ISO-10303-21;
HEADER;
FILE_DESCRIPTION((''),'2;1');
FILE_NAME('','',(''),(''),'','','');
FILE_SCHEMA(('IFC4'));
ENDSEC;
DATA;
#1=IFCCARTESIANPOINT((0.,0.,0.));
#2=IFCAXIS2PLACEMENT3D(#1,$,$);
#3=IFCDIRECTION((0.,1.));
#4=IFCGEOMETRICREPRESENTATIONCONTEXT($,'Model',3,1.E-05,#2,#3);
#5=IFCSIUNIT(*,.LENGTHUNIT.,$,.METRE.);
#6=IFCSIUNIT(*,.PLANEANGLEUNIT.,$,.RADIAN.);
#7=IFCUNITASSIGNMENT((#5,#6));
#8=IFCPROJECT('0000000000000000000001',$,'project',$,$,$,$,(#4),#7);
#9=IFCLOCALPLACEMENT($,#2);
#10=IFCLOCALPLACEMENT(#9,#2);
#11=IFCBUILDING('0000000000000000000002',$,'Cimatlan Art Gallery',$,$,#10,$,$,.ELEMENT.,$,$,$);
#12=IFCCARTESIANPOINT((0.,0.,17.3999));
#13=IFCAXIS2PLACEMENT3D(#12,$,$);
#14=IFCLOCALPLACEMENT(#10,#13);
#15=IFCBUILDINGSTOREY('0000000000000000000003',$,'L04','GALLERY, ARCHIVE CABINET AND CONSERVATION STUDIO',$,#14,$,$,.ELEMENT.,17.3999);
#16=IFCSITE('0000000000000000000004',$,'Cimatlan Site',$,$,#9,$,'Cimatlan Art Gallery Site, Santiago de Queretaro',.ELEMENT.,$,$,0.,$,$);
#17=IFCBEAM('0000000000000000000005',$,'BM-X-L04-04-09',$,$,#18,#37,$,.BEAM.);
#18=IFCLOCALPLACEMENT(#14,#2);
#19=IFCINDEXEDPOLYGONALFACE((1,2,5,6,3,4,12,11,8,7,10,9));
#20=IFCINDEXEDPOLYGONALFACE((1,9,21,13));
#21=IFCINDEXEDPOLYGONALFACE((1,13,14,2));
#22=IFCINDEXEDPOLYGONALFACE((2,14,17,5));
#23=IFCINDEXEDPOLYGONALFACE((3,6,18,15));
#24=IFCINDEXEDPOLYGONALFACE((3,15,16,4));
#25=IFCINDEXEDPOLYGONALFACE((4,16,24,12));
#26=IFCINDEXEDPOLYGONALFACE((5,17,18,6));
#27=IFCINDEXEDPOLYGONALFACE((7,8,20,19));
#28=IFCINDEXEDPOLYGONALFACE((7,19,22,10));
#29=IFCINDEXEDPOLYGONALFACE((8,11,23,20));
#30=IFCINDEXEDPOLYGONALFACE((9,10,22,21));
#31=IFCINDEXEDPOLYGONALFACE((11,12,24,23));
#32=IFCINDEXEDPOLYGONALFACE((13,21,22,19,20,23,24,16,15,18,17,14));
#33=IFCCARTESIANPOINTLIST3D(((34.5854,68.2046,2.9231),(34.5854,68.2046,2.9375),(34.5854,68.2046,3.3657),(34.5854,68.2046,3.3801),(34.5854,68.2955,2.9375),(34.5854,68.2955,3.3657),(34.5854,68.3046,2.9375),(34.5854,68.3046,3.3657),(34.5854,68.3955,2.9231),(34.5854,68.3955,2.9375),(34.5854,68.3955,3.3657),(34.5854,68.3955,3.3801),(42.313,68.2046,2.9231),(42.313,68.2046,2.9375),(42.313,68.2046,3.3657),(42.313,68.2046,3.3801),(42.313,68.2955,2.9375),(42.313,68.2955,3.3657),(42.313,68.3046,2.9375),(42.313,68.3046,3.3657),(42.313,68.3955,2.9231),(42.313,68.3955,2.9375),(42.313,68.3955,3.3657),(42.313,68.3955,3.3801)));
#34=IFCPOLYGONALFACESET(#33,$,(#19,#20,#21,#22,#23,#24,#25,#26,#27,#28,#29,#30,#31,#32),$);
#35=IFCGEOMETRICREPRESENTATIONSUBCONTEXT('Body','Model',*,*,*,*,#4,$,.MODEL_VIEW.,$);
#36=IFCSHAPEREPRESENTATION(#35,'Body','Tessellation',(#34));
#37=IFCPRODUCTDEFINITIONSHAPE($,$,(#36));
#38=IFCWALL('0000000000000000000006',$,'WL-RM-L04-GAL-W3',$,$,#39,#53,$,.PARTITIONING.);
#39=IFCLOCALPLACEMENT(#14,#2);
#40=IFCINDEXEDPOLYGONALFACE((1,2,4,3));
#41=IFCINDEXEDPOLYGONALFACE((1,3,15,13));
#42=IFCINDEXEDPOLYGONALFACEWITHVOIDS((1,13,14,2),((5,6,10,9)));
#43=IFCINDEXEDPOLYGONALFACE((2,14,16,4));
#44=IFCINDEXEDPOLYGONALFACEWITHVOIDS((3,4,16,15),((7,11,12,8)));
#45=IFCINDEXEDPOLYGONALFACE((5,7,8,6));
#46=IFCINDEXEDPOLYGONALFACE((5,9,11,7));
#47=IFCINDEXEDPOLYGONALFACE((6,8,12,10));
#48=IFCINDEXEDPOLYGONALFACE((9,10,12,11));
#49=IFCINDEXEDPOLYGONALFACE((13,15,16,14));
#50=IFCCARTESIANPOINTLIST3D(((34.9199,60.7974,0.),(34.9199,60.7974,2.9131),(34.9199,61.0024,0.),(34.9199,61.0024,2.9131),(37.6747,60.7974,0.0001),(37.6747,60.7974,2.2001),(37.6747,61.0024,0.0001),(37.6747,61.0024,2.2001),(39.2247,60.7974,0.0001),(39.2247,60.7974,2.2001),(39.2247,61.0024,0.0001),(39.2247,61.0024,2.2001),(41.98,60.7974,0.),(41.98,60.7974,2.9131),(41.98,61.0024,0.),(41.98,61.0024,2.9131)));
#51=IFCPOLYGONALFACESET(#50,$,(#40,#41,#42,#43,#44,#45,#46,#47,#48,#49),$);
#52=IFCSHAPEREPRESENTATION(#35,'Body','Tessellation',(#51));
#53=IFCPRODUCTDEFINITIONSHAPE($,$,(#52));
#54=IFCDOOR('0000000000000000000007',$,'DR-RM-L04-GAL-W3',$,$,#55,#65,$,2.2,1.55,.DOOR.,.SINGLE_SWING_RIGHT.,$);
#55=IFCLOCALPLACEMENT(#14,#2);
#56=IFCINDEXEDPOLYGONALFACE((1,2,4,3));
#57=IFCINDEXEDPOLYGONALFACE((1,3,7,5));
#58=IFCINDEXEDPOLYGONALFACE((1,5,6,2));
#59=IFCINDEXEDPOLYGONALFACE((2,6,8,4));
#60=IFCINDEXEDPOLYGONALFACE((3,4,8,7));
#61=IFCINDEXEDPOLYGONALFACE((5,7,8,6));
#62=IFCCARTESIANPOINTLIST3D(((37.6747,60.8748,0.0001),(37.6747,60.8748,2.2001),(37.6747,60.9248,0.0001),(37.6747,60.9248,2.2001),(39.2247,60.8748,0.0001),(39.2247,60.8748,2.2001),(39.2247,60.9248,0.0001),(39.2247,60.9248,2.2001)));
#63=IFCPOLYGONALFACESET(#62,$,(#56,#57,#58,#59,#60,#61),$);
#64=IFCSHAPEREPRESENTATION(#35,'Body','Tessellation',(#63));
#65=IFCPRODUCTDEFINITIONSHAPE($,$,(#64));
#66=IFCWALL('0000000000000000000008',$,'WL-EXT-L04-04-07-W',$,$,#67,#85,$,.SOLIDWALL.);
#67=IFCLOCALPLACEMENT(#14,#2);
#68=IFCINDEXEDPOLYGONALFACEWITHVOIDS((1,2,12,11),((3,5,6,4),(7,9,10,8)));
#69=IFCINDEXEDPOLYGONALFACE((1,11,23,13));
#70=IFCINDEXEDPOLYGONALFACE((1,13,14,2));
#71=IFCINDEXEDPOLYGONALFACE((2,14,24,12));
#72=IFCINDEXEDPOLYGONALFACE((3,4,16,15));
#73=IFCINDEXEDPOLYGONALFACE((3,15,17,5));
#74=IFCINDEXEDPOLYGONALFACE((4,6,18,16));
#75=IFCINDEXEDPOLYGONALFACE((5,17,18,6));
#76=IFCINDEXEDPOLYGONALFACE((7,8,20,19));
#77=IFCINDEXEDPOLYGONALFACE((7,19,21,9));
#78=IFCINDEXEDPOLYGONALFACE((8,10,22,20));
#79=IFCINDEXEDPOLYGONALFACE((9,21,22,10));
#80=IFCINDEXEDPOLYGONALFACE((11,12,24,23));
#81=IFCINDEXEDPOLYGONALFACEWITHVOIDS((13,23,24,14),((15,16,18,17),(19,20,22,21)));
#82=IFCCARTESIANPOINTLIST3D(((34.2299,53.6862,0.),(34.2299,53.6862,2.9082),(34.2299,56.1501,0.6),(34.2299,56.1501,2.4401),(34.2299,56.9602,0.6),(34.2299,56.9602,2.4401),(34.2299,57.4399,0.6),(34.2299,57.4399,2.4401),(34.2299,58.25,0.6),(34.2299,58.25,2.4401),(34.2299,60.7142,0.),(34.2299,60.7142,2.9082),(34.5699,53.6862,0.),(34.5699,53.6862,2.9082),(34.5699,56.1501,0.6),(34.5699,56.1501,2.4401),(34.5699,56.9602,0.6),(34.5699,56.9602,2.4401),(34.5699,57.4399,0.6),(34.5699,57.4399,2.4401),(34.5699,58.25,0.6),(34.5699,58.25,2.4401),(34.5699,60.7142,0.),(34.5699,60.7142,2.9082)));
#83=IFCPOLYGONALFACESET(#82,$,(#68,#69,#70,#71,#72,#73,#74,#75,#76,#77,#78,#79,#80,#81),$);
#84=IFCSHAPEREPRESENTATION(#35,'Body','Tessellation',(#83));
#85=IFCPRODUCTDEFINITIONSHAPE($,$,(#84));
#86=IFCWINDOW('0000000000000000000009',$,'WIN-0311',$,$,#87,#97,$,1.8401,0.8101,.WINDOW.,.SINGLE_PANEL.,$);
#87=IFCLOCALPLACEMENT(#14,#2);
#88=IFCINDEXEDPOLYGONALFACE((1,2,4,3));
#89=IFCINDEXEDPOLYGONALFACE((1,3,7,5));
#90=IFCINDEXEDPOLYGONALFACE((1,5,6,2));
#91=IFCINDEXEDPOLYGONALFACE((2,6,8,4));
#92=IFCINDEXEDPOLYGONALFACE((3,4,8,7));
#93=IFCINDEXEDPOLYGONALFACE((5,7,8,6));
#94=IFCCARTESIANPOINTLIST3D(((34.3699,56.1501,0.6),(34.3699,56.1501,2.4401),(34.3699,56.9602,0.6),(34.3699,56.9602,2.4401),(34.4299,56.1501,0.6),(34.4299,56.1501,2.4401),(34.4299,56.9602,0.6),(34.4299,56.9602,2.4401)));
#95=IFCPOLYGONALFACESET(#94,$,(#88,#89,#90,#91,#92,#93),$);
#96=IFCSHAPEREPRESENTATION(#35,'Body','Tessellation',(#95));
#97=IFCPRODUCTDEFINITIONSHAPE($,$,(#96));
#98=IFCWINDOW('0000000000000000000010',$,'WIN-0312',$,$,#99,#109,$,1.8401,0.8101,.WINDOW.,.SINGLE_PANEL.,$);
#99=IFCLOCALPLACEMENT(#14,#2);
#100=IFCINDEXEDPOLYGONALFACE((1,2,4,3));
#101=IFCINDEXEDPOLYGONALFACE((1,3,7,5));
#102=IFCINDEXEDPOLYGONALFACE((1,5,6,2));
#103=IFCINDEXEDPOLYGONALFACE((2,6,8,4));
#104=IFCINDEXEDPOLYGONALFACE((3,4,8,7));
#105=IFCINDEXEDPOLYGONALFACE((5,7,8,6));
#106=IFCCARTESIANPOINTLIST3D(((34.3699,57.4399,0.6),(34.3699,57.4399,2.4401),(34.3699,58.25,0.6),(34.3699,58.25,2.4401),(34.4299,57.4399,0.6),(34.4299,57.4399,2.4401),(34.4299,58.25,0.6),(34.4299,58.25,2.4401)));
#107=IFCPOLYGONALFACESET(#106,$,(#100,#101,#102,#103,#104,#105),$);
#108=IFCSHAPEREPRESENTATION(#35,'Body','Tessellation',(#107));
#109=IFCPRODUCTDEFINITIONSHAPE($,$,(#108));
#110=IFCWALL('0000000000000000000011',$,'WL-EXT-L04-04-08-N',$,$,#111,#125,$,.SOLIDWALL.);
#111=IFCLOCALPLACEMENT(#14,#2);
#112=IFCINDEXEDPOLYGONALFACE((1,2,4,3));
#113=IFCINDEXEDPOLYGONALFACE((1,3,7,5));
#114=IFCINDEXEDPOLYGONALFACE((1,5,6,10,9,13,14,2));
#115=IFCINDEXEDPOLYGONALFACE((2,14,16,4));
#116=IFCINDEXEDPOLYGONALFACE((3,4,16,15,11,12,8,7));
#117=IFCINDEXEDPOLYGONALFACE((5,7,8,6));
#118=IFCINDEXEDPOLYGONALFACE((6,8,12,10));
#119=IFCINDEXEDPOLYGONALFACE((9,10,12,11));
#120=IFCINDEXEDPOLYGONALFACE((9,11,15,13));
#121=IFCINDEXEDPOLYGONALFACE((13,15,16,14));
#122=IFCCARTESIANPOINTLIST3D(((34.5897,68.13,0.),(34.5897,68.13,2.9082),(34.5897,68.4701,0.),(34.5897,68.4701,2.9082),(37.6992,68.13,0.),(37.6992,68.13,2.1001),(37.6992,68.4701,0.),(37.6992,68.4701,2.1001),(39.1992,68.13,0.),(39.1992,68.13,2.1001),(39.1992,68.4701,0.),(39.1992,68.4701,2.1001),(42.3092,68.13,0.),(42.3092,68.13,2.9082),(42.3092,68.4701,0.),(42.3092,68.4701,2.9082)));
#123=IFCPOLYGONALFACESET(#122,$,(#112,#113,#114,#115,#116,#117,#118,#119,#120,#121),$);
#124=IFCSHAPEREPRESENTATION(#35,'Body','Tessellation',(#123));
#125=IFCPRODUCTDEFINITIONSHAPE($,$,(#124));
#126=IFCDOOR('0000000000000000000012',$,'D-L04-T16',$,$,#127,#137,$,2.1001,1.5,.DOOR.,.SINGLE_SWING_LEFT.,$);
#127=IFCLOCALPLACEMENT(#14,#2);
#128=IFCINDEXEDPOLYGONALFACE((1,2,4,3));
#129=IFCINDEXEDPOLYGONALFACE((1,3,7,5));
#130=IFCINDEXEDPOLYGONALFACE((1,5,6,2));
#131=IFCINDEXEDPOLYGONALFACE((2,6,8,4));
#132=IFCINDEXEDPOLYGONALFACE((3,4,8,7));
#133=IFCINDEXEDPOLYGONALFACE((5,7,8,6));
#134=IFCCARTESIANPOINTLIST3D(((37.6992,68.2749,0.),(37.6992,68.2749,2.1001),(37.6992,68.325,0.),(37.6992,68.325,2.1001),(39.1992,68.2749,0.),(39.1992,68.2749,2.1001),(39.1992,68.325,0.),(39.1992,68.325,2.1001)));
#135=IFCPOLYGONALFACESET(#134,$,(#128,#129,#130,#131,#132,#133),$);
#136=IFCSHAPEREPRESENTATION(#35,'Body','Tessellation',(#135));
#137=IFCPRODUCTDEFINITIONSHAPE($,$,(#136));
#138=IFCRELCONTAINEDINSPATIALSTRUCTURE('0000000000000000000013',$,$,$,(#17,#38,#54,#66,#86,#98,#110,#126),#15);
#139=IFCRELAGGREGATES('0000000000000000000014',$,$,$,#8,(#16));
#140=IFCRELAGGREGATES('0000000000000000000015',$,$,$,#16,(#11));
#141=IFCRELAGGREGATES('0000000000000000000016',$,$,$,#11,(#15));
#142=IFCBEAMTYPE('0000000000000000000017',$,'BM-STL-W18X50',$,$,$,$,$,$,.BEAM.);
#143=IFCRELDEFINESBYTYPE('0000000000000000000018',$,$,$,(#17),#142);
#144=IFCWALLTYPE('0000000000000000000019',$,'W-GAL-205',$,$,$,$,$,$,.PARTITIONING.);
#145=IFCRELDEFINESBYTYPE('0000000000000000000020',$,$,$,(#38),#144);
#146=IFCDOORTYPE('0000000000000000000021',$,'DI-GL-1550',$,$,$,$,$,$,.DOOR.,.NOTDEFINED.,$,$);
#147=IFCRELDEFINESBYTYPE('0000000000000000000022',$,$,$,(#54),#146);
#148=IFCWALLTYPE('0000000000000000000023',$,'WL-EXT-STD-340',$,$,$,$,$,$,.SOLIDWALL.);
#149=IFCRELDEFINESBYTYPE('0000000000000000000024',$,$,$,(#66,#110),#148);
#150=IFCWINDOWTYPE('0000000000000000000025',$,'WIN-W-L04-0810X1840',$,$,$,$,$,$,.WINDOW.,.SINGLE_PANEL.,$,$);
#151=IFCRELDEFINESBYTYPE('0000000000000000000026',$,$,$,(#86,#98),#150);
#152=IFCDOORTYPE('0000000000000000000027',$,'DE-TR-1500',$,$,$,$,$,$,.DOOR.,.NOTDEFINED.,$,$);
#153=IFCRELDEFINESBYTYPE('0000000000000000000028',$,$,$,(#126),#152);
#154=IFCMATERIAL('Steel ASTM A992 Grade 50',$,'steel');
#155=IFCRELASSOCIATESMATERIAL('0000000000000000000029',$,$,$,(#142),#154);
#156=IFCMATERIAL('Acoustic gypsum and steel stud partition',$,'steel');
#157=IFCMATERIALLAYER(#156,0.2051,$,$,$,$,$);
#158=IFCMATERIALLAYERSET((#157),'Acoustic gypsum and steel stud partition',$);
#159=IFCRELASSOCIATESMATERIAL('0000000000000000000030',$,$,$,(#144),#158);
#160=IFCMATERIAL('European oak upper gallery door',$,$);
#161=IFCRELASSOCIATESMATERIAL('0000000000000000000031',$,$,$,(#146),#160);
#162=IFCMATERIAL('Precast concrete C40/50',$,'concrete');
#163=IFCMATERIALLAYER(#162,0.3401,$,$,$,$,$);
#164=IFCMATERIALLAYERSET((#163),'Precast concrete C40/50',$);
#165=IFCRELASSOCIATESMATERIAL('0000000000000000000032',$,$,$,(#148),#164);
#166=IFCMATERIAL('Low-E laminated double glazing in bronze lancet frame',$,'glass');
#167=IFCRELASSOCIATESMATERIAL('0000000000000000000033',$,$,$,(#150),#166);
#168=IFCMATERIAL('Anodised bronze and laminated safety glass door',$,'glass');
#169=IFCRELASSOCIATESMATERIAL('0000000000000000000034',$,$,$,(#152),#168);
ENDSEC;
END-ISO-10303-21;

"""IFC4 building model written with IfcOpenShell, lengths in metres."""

from ifc_helpers import new_model, si_unit, direction, frame, frame_2d, origin, origin_2d, place, context, subcontext, project, spatial, rectangle, i_section, extrude, material, layer, layer_set, material_profile, profile_set, type_object, element, fill, save


model = new_model("IFC4")

# Units and contexts
model_context = context("Model", 3, precision=1e-05, world=origin(), true_north=direction((0.0, 1.0)))
body_context = subcontext(model_context, "Body", "Model", "MODEL_VIEW")
ifc_project = project(units=[si_unit("LENGTHUNIT", "METRE"), si_unit("PLANEANGLEUNIT", "RADIAN")], contexts=[model_context])

# Site, building, storey
site_placement = place(None, origin())
site = spatial("IfcSite", under=ifc_project, at=site_placement, Name="Cimatlan Site", LongName="Cimatlan Art Gallery Site, Santiago de Queretaro", CompositionType="ELEMENT", RefElevation=0.0)
building_placement = place(site_placement, origin())
building = spatial("IfcBuilding", under=site, at=building_placement, Name="Cimatlan Art Gallery", CompositionType="ELEMENT")
storey_placement = place(building_placement, frame((0.0, 0.0, 17.3999)))
storey = spatial("IfcBuildingStorey", under=building, at=storey_placement, Name="L04", Description="GALLERY, ARCHIVE CABINET AND CONSERVATION STUDIO", CompositionType="ELEMENT", Elevation=17.3999)

# Shared definitions
ifc_material_1 = material(Name="Steel ASTM A992 Grade 50", Category="steel")

# Beam
ifc_material_profile_1 = material_profile(ifc_material_1, i_section(OverallWidth=0.1909, OverallDepth=0.457, WebThickness=0.009, FlangeThickness=0.0144, at=origin_2d()), Name="W18X50")
ifc_profile_set_1 = profile_set([ifc_material_profile_1], Name="Steel ASTM A992 Grade 50")
beam_type_1 = type_object("IfcBeamType", Name="BM-STL-W18X50", PredefinedType="BEAM", material=ifc_profile_set_1)
for number, where, z_axis, x_axis, name in (
    (1, (34.5854, 68.3, 3.1516), (1.0, 0.0, 0.0), (0.0, 1.0, 0.0), "BM-X-L04-04-09"),
):
    element("IfcBeam", number, at=place(storey_placement, frame(where, z_axis=z_axis, x_axis=x_axis)), inside=storey, type_object=beam_type_1, Name=name, PredefinedType="BEAM", context=body_context, shape_type="SweptSolid", body=[
        extrude(i_section(OverallWidth=0.1909, OverallDepth=0.457, WebThickness=0.009, FlangeThickness=0.0144, at=origin_2d()), origin(), (0.0, 0.0, 1.0), 7.7275),
    ])

# Wall, opening, door
ifc_material_2 = material(Name="Acoustic gypsum and steel stud partition", Category="steel")
ifc_layer_1 = layer(ifc_material_2, 0.2051)
ifc_layer_set_1 = layer_set([ifc_layer_1], Name="Acoustic gypsum and steel stud partition")
wall_type_1 = type_object("IfcWallType", Name="W-GAL-205", PredefinedType="PARTITIONING", material=ifc_layer_set_1)
wall_1_placement = place(storey_placement, frame((34.9199, 60.8999, 0.0), z_axis=(0.0, 0.0, 1.0), x_axis=(1.0, 0.0, 0.0)))
wall_1 = element("IfcWall", 2, at=wall_1_placement, inside=storey, type_object=wall_type_1, Name="WL-RM-L04-GAL-W3", PredefinedType="PARTITIONING", context=body_context, shape_type="SweptSolid", body=[
    extrude(rectangle(XDim=7.0601, YDim=0.2051, at=frame_2d((3.53, 0.0))), origin(), (0.0, 0.0, 1.0), 2.9131),
])
opening_1_placement = place(wall_1_placement, frame((2.7549, 0.0, 0.0)))
opening_1 = element("IfcOpeningElement", 3, at=opening_1_placement, cuts=wall_1, PredefinedType="OPENING", context=body_context, shape_type="SweptSolid", body=[
    extrude(rectangle(XDim=1.55, YDim=2.2, at=frame_2d((0.7749, 1.1001))), frame((0.0, 0.1125, 0.0), z_axis=(0.0, -1.0, 0.0), x_axis=(1.0, 0.0, 0.0)), (0.0, 0.0, 1.0), 0.2251),
])
ifc_material_3 = material(Name="European oak upper gallery door")
door_type_1 = type_object("IfcDoorType", Name="DI-GL-1550", OperationType="NOTDEFINED", PredefinedType="DOOR", material=ifc_material_3)
door_1_placement = place(opening_1_placement, origin())
door_1 = element("IfcDoor", 4, at=door_1_placement, inside=storey, type_object=door_type_1, Name="DR-RM-L04-GAL-W3", OperationType="SINGLE_SWING_RIGHT", OverallHeight=2.2, OverallWidth=1.55, PredefinedType="DOOR", context=body_context, shape_type="SweptSolid", body=[
    extrude(rectangle(XDim=1.55, YDim=2.2, at=frame_2d((0.7749, 1.1001))), frame((0.0, 0.0249, 0.0), z_axis=(0.0, -1.0, 0.0), x_axis=(1.0, 0.0, 0.0)), (0.0, 0.0, 1.0), 0.05),
])
fill(opening_1, door_1)

# Wall, openings, windows
ifc_material_4 = material(Name="Precast concrete C40/50", Category="concrete")
ifc_layer_2 = layer(ifc_material_4, 0.3401)
ifc_layer_set_2 = layer_set([ifc_layer_2], Name="Precast concrete C40/50")
wall_type_2 = type_object("IfcWallType", Name="WL-EXT-STD-340", PredefinedType="SOLIDWALL", material=ifc_layer_set_2)
wall_2_placement = place(storey_placement, frame((34.3999, 53.686, 0.0), z_axis=(0.0, 0.0, 1.0), x_axis=(0.0, 1.0, 0.0)))
wall_2 = element("IfcWall", 5, at=wall_2_placement, inside=storey, type_object=wall_type_2, Name="WL-EXT-L04-04-07-W", PredefinedType="SOLIDWALL", context=body_context, shape_type="SweptSolid", body=[
    extrude(rectangle(XDim=7.0281, YDim=0.3401, at=frame_2d((3.5142, 0.0))), origin(), (0.0, 0.0, 1.0), 2.9082),
])
opening_2_placement = place(wall_2_placement, frame((2.4641, 0.0, 0.6001)))
opening_2 = element("IfcOpeningElement", 6, at=opening_2_placement, cuts=wall_2, PredefinedType="OPENING", context=body_context, shape_type="SweptSolid", body=[
    extrude(rectangle(XDim=0.8101, YDim=1.8401, at=frame_2d((0.405, 0.9199))), frame((0.0, 0.1802, 0.0), z_axis=(0.0, -1.0, 0.0), x_axis=(1.0, 0.0, 0.0)), (0.0, 0.0, 1.0), 0.3601),
])
opening_3_placement = place(wall_2_placement, frame((3.7539, 0.0, 0.6001)))
opening_3 = element("IfcOpeningElement", 7, at=opening_3_placement, cuts=wall_2, PredefinedType="OPENING", context=body_context, shape_type="SweptSolid", body=[
    extrude(rectangle(XDim=0.8101, YDim=1.8401, at=frame_2d((0.405, 0.9199))), frame((0.0, 0.1802, 0.0), z_axis=(0.0, -1.0, 0.0), x_axis=(1.0, 0.0, 0.0)), (0.0, 0.0, 1.0), 0.3601),
])
ifc_material_5 = material(Name="Low-E laminated double glazing in bronze lancet frame", Category="glass")
window_type = type_object("IfcWindowType", Name="WIN-W-L04-0810X1840", PartitioningType="SINGLE_PANEL", PredefinedType="WINDOW", material=ifc_material_5)
window_1_placement = place(opening_2_placement, origin())
window_1 = element("IfcWindow", 8, at=window_1_placement, inside=storey, type_object=window_type, Name="WIN-0311", OverallHeight=1.8401, OverallWidth=0.8101, PartitioningType="SINGLE_PANEL", PredefinedType="WINDOW", context=body_context, shape_type="SweptSolid", body=[
    extrude(rectangle(XDim=0.8101, YDim=1.8401, at=frame_2d((0.405, 0.9199))), frame((0.0, 0.03, 0.0), z_axis=(0.0, -1.0, 0.0), x_axis=(1.0, 0.0, 0.0)), (0.0, 0.0, 1.0), 0.0601),
])
fill(opening_2, window_1)
window_2_placement = place(opening_3_placement, origin())
window_2 = element("IfcWindow", 9, at=window_2_placement, inside=storey, type_object=window_type, Name="WIN-0312", OverallHeight=1.8401, OverallWidth=0.8101, PartitioningType="SINGLE_PANEL", PredefinedType="WINDOW", context=body_context, shape_type="SweptSolid", body=[
    extrude(rectangle(XDim=0.8101, YDim=1.8401, at=frame_2d((0.405, 0.9199))), frame((0.0, 0.03, 0.0), z_axis=(0.0, -1.0, 0.0), x_axis=(1.0, 0.0, 0.0)), (0.0, 0.0, 1.0), 0.0601),
])
fill(opening_3, window_2)

# Wall, opening, door
wall_3_placement = place(storey_placement, frame((34.5896, 68.3, 0.0), z_axis=(0.0, 0.0, 1.0), x_axis=(1.0, 0.0, 0.0)))
wall_3 = element("IfcWall", 10, at=wall_3_placement, inside=storey, type_object=wall_type_2, Name="WL-EXT-L04-04-08-N", PredefinedType="SOLIDWALL", context=body_context, shape_type="SweptSolid", body=[
    extrude(rectangle(XDim=7.7195, YDim=0.3401, at=frame_2d((3.8599, 0.0))), origin(), (0.0, 0.0, 1.0), 2.9082),
])
opening_4_placement = place(wall_3_placement, frame((3.1096, 0.0, 0.0)))
opening_4 = element("IfcOpeningElement", 11, at=opening_4_placement, cuts=wall_3, PredefinedType="OPENING", context=body_context, shape_type="SweptSolid", body=[
    extrude(rectangle(XDim=1.5, YDim=2.1001, at=frame_2d((0.75, 1.05))), frame((0.0, 0.1802, 0.0), z_axis=(0.0, -1.0, 0.0), x_axis=(1.0, 0.0, 0.0)), (0.0, 0.0, 1.0), 0.3601),
])
ifc_material_6 = material(Name="Anodised bronze and laminated safety glass door", Category="glass")
door_type_2 = type_object("IfcDoorType", Name="DE-TR-1500", OperationType="NOTDEFINED", PredefinedType="DOOR", material=ifc_material_6)
door_2_placement = place(opening_4_placement, origin())
door_2 = element("IfcDoor", 12, at=door_2_placement, inside=storey, type_object=door_type_2, Name="D-L04-T16", OperationType="SINGLE_SWING_LEFT", OverallHeight=2.1001, OverallWidth=1.5, PredefinedType="DOOR", context=body_context, shape_type="SweptSolid", body=[
    extrude(rectangle(XDim=1.5, YDim=2.1001, at=frame_2d((0.75, 1.05))), frame((0.0, 0.0249, 0.0), z_axis=(0.0, -1.0, 0.0), x_axis=(1.0, 0.0, 0.0)), (0.0, 0.0, 1.0), 0.05),
])
fill(opening_4, door_2)

save(model, "model.ifc")
